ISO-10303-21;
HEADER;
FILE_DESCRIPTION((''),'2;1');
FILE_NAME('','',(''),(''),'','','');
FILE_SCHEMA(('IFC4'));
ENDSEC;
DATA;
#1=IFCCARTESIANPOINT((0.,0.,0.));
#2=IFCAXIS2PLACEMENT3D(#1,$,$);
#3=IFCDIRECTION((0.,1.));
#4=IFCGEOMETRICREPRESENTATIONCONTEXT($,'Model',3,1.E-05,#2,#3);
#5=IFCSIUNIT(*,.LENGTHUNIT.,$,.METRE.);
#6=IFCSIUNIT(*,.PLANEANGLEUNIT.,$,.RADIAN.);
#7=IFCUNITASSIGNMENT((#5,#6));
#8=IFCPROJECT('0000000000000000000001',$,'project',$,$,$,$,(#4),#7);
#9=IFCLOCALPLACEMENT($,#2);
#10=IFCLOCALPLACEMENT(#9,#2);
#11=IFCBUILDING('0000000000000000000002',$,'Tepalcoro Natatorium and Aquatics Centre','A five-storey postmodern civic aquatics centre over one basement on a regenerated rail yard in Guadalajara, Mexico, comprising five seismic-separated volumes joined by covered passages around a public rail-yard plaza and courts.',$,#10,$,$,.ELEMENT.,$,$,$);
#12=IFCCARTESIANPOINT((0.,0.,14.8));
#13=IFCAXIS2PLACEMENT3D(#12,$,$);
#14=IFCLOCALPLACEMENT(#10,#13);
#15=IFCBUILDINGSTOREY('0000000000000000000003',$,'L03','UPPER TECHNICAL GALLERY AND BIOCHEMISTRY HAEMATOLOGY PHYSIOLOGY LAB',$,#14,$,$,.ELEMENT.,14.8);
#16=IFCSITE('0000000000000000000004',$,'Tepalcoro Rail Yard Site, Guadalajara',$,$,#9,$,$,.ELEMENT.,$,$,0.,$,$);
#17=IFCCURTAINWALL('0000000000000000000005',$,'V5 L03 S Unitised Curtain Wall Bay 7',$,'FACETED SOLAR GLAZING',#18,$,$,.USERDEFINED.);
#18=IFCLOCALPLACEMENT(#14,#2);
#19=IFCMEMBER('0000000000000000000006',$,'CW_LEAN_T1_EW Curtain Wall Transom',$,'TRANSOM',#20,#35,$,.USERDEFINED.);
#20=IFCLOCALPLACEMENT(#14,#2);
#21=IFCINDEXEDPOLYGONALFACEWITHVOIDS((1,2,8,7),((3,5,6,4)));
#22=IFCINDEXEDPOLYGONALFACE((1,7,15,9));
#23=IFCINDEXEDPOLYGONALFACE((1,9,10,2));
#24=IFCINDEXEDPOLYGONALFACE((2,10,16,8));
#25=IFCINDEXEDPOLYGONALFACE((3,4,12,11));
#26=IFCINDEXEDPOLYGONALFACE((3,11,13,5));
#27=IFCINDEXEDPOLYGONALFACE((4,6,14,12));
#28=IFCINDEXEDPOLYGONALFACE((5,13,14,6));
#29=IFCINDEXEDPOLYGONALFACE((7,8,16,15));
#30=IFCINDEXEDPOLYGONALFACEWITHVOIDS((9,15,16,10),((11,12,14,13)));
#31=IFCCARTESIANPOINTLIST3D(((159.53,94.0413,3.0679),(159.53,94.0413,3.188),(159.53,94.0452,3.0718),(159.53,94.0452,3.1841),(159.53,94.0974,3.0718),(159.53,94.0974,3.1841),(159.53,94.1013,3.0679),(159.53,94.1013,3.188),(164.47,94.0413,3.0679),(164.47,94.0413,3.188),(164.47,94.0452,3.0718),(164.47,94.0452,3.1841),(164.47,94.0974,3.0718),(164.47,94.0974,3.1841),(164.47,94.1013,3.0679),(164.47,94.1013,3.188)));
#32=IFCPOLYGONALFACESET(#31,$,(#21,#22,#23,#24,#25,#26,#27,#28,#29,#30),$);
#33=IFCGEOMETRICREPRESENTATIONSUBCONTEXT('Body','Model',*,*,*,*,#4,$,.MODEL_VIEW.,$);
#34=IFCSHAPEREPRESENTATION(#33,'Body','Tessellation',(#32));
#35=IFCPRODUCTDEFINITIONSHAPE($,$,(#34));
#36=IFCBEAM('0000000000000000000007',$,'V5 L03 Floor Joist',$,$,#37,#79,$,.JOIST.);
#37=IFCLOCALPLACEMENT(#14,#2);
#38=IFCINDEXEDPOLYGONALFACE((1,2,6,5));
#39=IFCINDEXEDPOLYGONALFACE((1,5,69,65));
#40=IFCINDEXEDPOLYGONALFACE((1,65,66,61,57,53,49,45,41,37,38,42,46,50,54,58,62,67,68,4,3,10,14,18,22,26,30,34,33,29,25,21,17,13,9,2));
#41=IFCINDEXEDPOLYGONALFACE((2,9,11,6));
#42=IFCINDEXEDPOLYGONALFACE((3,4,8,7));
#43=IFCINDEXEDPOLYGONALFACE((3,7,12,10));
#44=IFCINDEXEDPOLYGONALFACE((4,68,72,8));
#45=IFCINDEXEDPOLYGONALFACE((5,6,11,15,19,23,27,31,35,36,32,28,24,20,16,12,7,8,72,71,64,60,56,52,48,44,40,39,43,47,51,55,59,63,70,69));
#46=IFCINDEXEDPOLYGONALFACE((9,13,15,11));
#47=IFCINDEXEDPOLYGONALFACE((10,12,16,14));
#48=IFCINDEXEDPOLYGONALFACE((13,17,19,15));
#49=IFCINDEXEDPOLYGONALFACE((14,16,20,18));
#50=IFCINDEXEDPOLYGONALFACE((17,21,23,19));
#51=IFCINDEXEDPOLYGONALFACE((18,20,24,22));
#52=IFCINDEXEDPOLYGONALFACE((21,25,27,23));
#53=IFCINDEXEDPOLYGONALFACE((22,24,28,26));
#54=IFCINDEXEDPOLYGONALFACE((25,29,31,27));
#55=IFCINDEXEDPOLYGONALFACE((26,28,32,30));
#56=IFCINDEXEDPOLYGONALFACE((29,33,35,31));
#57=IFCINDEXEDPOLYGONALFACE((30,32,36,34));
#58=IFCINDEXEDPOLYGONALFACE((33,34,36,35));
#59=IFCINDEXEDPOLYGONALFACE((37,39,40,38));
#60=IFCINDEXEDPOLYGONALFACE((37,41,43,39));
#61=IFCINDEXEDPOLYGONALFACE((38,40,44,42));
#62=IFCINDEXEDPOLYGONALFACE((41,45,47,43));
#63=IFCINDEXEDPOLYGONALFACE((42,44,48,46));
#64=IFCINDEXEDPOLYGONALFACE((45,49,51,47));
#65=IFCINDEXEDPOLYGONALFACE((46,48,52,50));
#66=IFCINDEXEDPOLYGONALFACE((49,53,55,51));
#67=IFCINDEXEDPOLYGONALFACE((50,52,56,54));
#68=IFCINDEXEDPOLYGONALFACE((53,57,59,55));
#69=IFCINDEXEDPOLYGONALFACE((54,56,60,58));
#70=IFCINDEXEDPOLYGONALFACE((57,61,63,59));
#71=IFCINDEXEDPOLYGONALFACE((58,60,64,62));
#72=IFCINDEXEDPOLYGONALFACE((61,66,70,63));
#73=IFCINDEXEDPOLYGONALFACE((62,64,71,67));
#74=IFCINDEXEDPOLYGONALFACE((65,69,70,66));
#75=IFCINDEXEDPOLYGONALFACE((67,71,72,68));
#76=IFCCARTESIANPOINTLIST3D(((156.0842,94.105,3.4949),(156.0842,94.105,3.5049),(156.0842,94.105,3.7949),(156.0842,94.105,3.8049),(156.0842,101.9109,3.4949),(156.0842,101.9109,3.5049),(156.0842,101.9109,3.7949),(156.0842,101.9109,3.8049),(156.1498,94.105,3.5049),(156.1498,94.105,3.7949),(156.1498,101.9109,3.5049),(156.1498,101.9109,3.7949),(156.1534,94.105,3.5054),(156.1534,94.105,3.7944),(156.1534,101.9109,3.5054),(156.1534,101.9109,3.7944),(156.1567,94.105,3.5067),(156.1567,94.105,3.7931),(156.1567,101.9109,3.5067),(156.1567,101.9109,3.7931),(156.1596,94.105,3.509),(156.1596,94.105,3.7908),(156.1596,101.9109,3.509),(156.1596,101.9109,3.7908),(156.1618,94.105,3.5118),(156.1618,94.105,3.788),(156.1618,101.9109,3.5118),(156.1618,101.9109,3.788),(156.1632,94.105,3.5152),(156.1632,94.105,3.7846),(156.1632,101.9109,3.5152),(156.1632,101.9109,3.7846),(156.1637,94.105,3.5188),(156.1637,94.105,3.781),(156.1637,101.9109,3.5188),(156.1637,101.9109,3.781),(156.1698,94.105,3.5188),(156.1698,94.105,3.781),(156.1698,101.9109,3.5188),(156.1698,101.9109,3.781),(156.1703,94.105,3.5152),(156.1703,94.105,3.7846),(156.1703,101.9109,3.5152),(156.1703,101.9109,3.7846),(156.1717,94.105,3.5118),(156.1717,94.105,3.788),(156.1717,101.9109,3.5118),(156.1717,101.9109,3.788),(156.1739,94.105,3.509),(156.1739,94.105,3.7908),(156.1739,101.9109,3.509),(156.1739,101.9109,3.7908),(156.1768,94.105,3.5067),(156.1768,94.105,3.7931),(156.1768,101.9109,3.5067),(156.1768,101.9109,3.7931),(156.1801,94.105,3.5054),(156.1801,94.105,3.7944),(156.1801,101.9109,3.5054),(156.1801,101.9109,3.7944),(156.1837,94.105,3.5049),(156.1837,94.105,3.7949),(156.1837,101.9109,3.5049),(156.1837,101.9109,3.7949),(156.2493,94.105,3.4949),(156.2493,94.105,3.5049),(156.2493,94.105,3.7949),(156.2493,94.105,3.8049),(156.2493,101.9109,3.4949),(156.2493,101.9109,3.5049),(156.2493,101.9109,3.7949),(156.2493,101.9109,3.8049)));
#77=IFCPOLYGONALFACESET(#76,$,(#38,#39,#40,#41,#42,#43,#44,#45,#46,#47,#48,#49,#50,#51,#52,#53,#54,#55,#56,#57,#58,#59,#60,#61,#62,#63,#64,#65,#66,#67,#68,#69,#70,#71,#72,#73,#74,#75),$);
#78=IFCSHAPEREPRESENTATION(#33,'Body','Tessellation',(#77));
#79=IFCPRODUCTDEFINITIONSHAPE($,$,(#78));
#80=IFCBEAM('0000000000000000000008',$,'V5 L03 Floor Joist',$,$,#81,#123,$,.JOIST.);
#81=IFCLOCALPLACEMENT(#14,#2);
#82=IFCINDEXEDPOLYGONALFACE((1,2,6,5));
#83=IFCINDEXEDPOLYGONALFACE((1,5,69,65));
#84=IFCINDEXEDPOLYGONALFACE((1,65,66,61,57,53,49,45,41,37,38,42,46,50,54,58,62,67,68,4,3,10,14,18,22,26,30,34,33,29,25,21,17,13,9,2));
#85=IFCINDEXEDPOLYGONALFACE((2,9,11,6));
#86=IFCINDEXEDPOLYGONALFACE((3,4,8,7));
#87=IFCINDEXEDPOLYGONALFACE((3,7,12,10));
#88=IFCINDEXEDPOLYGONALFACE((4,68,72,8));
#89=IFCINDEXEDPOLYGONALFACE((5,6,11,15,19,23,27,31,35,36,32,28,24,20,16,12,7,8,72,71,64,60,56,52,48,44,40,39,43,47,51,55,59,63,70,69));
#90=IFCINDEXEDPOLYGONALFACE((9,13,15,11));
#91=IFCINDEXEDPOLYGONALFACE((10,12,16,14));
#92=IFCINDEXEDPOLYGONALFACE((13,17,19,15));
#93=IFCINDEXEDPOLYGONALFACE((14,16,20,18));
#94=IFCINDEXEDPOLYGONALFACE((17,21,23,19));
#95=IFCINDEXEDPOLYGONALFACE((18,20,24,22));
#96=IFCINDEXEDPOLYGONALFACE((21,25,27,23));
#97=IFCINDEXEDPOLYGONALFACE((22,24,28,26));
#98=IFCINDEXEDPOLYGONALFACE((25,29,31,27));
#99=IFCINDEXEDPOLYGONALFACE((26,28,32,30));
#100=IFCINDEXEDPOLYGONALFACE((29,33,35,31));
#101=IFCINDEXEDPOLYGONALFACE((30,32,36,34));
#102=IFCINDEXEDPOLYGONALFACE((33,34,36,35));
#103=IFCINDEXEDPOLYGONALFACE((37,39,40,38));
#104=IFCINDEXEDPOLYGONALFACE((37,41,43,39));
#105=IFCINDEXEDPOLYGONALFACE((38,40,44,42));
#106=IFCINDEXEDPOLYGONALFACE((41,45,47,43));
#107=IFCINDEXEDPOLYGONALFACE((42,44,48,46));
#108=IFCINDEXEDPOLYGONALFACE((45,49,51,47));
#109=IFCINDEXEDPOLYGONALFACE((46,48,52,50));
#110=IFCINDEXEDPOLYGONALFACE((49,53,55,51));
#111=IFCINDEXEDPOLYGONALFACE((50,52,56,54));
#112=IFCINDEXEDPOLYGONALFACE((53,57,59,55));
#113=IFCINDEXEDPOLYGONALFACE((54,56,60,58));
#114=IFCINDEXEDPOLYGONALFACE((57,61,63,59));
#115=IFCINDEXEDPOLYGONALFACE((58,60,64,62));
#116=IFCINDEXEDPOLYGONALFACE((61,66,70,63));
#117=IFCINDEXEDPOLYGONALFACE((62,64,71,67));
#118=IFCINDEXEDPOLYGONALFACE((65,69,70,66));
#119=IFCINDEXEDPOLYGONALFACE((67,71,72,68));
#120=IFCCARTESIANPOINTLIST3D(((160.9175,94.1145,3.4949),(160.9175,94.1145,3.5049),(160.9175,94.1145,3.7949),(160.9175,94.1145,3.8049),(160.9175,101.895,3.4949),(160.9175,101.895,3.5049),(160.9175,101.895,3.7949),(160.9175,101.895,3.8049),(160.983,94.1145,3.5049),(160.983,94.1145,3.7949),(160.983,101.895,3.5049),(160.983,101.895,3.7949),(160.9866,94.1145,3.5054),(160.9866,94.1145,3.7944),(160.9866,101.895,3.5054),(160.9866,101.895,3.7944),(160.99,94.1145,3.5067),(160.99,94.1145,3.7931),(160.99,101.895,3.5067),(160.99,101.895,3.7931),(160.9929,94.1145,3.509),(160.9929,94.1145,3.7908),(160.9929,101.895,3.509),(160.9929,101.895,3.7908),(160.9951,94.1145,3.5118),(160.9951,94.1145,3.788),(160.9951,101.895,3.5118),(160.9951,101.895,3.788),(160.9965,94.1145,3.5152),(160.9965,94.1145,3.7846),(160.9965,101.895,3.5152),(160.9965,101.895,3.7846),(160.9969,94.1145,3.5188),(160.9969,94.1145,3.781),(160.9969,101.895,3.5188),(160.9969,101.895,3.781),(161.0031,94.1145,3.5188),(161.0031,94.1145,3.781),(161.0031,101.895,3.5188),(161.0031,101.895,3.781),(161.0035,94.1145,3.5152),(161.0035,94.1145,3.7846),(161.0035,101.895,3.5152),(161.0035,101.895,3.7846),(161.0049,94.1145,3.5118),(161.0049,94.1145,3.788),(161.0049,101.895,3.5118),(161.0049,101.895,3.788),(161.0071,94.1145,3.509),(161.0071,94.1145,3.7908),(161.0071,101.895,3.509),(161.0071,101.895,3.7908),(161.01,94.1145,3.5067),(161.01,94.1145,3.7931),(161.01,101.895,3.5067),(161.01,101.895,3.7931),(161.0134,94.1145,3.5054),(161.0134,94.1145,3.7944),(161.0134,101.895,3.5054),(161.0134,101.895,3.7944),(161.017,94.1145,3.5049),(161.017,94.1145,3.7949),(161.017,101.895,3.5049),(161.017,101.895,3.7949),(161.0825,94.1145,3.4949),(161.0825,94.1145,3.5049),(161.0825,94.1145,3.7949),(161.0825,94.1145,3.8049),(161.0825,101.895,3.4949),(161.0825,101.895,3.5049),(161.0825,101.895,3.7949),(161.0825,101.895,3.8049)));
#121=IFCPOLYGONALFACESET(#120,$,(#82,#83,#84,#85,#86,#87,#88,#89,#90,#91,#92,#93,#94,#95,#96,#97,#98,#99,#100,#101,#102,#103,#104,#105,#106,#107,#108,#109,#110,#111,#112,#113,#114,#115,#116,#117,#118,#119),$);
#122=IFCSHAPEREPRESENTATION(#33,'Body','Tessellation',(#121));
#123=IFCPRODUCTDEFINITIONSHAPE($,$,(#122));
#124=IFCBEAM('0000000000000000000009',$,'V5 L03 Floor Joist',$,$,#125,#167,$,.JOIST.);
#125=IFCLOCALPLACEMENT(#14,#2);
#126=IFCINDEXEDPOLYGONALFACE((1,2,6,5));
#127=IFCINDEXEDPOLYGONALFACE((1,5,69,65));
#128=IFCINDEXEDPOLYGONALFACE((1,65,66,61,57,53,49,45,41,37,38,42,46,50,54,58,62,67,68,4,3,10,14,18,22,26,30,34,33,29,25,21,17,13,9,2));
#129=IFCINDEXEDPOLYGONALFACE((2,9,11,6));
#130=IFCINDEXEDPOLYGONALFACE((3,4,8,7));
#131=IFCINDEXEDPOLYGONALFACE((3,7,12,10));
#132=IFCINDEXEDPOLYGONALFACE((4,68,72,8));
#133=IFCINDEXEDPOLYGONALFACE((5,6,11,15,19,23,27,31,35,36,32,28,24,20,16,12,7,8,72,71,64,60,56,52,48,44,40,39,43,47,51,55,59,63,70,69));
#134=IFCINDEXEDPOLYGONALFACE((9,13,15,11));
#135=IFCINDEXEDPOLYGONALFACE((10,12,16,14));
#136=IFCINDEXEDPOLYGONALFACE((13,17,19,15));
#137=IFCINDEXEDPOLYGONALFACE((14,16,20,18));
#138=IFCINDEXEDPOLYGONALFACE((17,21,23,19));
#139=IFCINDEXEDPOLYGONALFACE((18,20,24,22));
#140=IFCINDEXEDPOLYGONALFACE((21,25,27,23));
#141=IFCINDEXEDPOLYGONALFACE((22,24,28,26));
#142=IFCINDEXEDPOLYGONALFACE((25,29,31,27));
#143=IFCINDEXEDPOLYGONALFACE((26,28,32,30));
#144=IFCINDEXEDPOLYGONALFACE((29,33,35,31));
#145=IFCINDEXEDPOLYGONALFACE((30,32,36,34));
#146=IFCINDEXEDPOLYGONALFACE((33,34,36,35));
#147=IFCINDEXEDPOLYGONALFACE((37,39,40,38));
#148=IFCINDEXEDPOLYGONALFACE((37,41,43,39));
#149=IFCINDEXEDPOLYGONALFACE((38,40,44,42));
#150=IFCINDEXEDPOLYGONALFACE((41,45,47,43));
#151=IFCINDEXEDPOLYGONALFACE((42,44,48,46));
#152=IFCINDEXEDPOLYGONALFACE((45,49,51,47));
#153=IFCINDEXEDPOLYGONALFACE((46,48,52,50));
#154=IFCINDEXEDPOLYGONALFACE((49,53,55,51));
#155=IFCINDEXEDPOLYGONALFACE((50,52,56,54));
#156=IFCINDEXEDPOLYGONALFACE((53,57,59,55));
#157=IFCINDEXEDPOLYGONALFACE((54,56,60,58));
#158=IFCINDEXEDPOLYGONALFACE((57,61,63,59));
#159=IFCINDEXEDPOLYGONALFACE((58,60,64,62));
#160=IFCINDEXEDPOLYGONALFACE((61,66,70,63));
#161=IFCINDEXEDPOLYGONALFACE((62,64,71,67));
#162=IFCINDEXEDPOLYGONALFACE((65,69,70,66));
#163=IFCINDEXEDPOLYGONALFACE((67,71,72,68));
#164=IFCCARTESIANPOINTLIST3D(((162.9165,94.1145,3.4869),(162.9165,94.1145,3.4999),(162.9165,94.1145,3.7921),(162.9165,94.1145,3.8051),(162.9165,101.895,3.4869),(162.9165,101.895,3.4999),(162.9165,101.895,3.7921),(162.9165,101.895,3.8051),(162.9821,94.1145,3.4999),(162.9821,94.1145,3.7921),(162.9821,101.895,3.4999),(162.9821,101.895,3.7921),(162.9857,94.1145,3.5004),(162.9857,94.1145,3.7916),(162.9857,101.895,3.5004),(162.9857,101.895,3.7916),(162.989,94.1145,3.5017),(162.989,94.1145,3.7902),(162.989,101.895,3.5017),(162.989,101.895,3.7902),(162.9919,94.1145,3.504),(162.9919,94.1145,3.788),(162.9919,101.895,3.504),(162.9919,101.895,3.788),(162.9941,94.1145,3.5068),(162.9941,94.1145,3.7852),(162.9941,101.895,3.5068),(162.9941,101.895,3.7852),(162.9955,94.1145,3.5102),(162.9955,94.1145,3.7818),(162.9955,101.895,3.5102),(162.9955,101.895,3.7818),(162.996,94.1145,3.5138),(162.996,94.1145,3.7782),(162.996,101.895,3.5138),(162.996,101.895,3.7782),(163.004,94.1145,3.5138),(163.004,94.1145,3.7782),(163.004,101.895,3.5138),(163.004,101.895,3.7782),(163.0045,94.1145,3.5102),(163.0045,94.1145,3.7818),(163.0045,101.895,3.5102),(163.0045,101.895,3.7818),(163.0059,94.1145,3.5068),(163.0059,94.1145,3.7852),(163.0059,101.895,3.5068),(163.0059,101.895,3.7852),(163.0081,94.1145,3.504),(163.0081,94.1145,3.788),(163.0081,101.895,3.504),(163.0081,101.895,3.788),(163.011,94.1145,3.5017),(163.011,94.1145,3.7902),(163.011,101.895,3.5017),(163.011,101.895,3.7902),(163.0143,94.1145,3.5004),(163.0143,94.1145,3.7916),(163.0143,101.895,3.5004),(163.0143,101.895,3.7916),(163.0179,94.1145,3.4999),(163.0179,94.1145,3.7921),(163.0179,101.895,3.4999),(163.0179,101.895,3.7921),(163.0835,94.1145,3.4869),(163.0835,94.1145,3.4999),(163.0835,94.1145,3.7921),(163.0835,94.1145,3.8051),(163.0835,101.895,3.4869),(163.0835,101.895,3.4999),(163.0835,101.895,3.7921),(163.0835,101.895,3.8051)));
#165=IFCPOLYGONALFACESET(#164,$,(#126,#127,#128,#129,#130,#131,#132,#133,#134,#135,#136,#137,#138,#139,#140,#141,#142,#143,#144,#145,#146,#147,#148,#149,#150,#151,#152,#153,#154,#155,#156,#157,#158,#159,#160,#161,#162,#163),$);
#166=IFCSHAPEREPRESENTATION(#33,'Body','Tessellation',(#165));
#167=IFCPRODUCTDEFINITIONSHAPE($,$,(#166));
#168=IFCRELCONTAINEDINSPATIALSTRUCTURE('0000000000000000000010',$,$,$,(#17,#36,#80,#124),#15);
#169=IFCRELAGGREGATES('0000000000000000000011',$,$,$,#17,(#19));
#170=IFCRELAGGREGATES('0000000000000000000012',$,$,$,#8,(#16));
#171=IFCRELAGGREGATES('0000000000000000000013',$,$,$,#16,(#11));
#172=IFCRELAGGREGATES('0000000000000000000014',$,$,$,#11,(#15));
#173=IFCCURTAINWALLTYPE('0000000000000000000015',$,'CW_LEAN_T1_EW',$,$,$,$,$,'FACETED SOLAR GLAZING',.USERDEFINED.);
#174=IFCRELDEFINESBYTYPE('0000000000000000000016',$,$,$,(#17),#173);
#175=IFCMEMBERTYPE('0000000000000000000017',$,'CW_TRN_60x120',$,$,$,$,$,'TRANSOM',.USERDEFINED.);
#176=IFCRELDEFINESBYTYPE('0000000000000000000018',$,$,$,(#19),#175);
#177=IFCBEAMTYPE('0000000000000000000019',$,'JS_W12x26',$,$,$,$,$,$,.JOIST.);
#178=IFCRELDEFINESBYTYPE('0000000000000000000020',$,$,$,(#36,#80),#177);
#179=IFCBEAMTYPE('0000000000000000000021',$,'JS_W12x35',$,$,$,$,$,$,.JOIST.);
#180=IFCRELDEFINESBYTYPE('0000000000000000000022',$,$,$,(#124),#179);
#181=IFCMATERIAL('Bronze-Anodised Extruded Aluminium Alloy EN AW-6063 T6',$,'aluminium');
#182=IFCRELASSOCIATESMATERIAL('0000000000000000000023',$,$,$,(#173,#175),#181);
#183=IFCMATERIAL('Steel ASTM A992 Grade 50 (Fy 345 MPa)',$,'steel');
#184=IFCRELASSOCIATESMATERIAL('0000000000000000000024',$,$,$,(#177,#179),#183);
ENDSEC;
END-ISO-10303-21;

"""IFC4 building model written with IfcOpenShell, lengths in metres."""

from ifc_helpers import new_model, si_unit, direction, frame, origin, origin_2d, place, context, subcontext, project, spatial, hollow_rectangle, i_section, extrude, material, material_profile, profile_set, type_object, element, aggregate, save


model = new_model("IFC4")

# Units and contexts
model_context = context("Model", 3, precision=1e-05, world=origin(), true_north=direction((0.0, 1.0)))
body_context = subcontext(model_context, "Body", "Model", "MODEL_VIEW")
ifc_project = project(units=[si_unit("LENGTHUNIT", "METRE"), si_unit("PLANEANGLEUNIT", "RADIAN")], contexts=[model_context])

# Site, building, storey
site_placement = place(None, origin())
site = spatial("IfcSite", under=ifc_project, at=site_placement, Name="Tepalcoro Rail Yard Site, Guadalajara", CompositionType="ELEMENT", RefElevation=0.0)
building_placement = place(site_placement, origin())
building = spatial("IfcBuilding", under=site, at=building_placement, Name="Tepalcoro Natatorium and Aquatics Centre", Description="A five-storey postmodern civic aquatics centre over one basement on a regenerated rail yard in Guadalajara, Mexico, comprising five seismic-separated volumes joined by covered passages around a public rail-yard plaza and courts.", CompositionType="ELEMENT")
storey_placement = place(building_placement, frame((0.0, 0.0, 14.8)))
storey = spatial("IfcBuildingStorey", under=building, at=storey_placement, Name="L03", Description="UPPER TECHNICAL GALLERY AND BIOCHEMISTRY HAEMATOLOGY PHYSIOLOGY LAB", CompositionType="ELEMENT", Elevation=14.8)

# Shared definitions
ifc_material_1 = material(Name="Steel ASTM A992 Grade 50 (Fy 345 MPa)", Category="steel")

# Curtain wall
ifc_material_2 = material(Name="Bronze-Anodised Extruded Aluminium Alloy EN AW-6063 T6", Category="aluminium")
curtain_wall_type_1 = type_object("IfcCurtainWallType", Name="CW_LEAN_T1_EW", ElementType="FACETED SOLAR GLAZING", PredefinedType="USERDEFINED", material=ifc_material_2)
curtain_wall_1_placement = place(storey_placement, origin())
curtain_wall_1 = element("IfcCurtainWall", 1, at=curtain_wall_1_placement, inside=storey, type_object=curtain_wall_type_1, Name="V5 L03 S Unitised Curtain Wall Bay 7", ObjectType="FACETED SOLAR GLAZING", PredefinedType="USERDEFINED")

# Member
ifc_material_profile_1 = material_profile(ifc_material_2, hollow_rectangle(XDim=0.0601, YDim=0.1201, WallThickness=0.0039, at=origin_2d()), Name="AL60X120X4")
ifc_profile_set_1 = profile_set([ifc_material_profile_1], Name="Bronze-Anodised Extruded Aluminium Alloy EN AW-6063 T6")
member_type_1 = type_object("IfcMemberType", Name="CW_TRN_60x120", ElementType="TRANSOM", PredefinedType="USERDEFINED", material=ifc_profile_set_1)
member_1_placement = place(storey_placement, frame((159.53, 94.0713, 3.1279), z_axis=(1.0, 0.0, 0.0), x_axis=(0.0, 1.0, 0.0)))
member_1 = element("IfcMember", 2, at=member_1_placement, type_object=member_type_1, Name="CW_LEAN_T1_EW Curtain Wall Transom", ObjectType="TRANSOM", PredefinedType="USERDEFINED", context=body_context, shape_type="SweptSolid", body=[
    extrude(hollow_rectangle(XDim=0.0601, YDim=0.1201, WallThickness=0.0039, at=origin_2d()), origin(), (0.0, 0.0, 1.0), 4.9399),
])

# Beams
ifc_material_profile_2 = material_profile(ifc_material_1, i_section(OverallWidth=0.165, OverallDepth=0.3101, WebThickness=0.0061, FlangeThickness=0.01, FilletRadius=0.0139, at=origin_2d()), Name="W12X26")
ifc_profile_set_2 = profile_set([ifc_material_profile_2], Name="Steel ASTM A992 Grade 50 (Fy 345 MPa)")
beam_type_1 = type_object("IfcBeamType", Name="JS_W12x26", PredefinedType="JOIST", material=ifc_profile_set_2)
beam_1_placement = place(storey_placement, frame((156.1667, 94.105, 3.6499), z_axis=(0.0, 1.0, 0.0), x_axis=(-1.0, 0.0, 0.0)))
element("IfcBeam", 3, at=beam_1_placement, inside=storey, type_object=beam_type_1, Name="V5 L03 Floor Joist", PredefinedType="JOIST", context=body_context, shape_type="SweptSolid", body=[
    extrude(i_section(OverallWidth=0.165, OverallDepth=0.3101, WebThickness=0.0061, FlangeThickness=0.01, FilletRadius=0.0139, at=origin_2d()), origin(), (0.0, 0.0, 1.0), 7.8059),
])
beam_2_placement = place(storey_placement, frame((161.0, 94.1145, 3.6499), z_axis=(0.0, 1.0, 0.0), x_axis=(-1.0, 0.0, 0.0)))
element("IfcBeam", 4, at=beam_2_placement, inside=storey, type_object=beam_type_1, Name="V5 L03 Floor Joist", PredefinedType="JOIST", context=body_context, shape_type="SweptSolid", body=[
    extrude(i_section(OverallWidth=0.165, OverallDepth=0.3101, WebThickness=0.0061, FlangeThickness=0.01, FilletRadius=0.0139, at=origin_2d()), origin(), (0.0, 0.0, 1.0), 7.7805),
])
ifc_material_profile_3 = material_profile(ifc_material_1, i_section(OverallWidth=0.167, OverallDepth=0.3181, WebThickness=0.0081, FlangeThickness=0.0129, FilletRadius=0.0139, at=origin_2d()), Name="W12X35")
ifc_profile_set_3 = profile_set([ifc_material_profile_3], Name="Steel ASTM A992 Grade 50 (Fy 345 MPa)")
beam_type_2 = type_object("IfcBeamType", Name="JS_W12x35", PredefinedType="JOIST", material=ifc_profile_set_3)
beam_3_placement = place(storey_placement, frame((163.0, 94.1145, 3.646), z_axis=(0.0, 1.0, 0.0), x_axis=(-1.0, 0.0, 0.0)))
element("IfcBeam", 5, at=beam_3_placement, inside=storey, type_object=beam_type_2, Name="V5 L03 Floor Joist", PredefinedType="JOIST", context=body_context, shape_type="SweptSolid", body=[
    extrude(i_section(OverallWidth=0.167, OverallDepth=0.3181, WebThickness=0.0081, FlangeThickness=0.0129, FilletRadius=0.0139, at=origin_2d()), origin(), (0.0, 0.0, 1.0), 7.7805),
])

aggregate(curtain_wall_1, [member_1])

save(model, "model.ifc")
